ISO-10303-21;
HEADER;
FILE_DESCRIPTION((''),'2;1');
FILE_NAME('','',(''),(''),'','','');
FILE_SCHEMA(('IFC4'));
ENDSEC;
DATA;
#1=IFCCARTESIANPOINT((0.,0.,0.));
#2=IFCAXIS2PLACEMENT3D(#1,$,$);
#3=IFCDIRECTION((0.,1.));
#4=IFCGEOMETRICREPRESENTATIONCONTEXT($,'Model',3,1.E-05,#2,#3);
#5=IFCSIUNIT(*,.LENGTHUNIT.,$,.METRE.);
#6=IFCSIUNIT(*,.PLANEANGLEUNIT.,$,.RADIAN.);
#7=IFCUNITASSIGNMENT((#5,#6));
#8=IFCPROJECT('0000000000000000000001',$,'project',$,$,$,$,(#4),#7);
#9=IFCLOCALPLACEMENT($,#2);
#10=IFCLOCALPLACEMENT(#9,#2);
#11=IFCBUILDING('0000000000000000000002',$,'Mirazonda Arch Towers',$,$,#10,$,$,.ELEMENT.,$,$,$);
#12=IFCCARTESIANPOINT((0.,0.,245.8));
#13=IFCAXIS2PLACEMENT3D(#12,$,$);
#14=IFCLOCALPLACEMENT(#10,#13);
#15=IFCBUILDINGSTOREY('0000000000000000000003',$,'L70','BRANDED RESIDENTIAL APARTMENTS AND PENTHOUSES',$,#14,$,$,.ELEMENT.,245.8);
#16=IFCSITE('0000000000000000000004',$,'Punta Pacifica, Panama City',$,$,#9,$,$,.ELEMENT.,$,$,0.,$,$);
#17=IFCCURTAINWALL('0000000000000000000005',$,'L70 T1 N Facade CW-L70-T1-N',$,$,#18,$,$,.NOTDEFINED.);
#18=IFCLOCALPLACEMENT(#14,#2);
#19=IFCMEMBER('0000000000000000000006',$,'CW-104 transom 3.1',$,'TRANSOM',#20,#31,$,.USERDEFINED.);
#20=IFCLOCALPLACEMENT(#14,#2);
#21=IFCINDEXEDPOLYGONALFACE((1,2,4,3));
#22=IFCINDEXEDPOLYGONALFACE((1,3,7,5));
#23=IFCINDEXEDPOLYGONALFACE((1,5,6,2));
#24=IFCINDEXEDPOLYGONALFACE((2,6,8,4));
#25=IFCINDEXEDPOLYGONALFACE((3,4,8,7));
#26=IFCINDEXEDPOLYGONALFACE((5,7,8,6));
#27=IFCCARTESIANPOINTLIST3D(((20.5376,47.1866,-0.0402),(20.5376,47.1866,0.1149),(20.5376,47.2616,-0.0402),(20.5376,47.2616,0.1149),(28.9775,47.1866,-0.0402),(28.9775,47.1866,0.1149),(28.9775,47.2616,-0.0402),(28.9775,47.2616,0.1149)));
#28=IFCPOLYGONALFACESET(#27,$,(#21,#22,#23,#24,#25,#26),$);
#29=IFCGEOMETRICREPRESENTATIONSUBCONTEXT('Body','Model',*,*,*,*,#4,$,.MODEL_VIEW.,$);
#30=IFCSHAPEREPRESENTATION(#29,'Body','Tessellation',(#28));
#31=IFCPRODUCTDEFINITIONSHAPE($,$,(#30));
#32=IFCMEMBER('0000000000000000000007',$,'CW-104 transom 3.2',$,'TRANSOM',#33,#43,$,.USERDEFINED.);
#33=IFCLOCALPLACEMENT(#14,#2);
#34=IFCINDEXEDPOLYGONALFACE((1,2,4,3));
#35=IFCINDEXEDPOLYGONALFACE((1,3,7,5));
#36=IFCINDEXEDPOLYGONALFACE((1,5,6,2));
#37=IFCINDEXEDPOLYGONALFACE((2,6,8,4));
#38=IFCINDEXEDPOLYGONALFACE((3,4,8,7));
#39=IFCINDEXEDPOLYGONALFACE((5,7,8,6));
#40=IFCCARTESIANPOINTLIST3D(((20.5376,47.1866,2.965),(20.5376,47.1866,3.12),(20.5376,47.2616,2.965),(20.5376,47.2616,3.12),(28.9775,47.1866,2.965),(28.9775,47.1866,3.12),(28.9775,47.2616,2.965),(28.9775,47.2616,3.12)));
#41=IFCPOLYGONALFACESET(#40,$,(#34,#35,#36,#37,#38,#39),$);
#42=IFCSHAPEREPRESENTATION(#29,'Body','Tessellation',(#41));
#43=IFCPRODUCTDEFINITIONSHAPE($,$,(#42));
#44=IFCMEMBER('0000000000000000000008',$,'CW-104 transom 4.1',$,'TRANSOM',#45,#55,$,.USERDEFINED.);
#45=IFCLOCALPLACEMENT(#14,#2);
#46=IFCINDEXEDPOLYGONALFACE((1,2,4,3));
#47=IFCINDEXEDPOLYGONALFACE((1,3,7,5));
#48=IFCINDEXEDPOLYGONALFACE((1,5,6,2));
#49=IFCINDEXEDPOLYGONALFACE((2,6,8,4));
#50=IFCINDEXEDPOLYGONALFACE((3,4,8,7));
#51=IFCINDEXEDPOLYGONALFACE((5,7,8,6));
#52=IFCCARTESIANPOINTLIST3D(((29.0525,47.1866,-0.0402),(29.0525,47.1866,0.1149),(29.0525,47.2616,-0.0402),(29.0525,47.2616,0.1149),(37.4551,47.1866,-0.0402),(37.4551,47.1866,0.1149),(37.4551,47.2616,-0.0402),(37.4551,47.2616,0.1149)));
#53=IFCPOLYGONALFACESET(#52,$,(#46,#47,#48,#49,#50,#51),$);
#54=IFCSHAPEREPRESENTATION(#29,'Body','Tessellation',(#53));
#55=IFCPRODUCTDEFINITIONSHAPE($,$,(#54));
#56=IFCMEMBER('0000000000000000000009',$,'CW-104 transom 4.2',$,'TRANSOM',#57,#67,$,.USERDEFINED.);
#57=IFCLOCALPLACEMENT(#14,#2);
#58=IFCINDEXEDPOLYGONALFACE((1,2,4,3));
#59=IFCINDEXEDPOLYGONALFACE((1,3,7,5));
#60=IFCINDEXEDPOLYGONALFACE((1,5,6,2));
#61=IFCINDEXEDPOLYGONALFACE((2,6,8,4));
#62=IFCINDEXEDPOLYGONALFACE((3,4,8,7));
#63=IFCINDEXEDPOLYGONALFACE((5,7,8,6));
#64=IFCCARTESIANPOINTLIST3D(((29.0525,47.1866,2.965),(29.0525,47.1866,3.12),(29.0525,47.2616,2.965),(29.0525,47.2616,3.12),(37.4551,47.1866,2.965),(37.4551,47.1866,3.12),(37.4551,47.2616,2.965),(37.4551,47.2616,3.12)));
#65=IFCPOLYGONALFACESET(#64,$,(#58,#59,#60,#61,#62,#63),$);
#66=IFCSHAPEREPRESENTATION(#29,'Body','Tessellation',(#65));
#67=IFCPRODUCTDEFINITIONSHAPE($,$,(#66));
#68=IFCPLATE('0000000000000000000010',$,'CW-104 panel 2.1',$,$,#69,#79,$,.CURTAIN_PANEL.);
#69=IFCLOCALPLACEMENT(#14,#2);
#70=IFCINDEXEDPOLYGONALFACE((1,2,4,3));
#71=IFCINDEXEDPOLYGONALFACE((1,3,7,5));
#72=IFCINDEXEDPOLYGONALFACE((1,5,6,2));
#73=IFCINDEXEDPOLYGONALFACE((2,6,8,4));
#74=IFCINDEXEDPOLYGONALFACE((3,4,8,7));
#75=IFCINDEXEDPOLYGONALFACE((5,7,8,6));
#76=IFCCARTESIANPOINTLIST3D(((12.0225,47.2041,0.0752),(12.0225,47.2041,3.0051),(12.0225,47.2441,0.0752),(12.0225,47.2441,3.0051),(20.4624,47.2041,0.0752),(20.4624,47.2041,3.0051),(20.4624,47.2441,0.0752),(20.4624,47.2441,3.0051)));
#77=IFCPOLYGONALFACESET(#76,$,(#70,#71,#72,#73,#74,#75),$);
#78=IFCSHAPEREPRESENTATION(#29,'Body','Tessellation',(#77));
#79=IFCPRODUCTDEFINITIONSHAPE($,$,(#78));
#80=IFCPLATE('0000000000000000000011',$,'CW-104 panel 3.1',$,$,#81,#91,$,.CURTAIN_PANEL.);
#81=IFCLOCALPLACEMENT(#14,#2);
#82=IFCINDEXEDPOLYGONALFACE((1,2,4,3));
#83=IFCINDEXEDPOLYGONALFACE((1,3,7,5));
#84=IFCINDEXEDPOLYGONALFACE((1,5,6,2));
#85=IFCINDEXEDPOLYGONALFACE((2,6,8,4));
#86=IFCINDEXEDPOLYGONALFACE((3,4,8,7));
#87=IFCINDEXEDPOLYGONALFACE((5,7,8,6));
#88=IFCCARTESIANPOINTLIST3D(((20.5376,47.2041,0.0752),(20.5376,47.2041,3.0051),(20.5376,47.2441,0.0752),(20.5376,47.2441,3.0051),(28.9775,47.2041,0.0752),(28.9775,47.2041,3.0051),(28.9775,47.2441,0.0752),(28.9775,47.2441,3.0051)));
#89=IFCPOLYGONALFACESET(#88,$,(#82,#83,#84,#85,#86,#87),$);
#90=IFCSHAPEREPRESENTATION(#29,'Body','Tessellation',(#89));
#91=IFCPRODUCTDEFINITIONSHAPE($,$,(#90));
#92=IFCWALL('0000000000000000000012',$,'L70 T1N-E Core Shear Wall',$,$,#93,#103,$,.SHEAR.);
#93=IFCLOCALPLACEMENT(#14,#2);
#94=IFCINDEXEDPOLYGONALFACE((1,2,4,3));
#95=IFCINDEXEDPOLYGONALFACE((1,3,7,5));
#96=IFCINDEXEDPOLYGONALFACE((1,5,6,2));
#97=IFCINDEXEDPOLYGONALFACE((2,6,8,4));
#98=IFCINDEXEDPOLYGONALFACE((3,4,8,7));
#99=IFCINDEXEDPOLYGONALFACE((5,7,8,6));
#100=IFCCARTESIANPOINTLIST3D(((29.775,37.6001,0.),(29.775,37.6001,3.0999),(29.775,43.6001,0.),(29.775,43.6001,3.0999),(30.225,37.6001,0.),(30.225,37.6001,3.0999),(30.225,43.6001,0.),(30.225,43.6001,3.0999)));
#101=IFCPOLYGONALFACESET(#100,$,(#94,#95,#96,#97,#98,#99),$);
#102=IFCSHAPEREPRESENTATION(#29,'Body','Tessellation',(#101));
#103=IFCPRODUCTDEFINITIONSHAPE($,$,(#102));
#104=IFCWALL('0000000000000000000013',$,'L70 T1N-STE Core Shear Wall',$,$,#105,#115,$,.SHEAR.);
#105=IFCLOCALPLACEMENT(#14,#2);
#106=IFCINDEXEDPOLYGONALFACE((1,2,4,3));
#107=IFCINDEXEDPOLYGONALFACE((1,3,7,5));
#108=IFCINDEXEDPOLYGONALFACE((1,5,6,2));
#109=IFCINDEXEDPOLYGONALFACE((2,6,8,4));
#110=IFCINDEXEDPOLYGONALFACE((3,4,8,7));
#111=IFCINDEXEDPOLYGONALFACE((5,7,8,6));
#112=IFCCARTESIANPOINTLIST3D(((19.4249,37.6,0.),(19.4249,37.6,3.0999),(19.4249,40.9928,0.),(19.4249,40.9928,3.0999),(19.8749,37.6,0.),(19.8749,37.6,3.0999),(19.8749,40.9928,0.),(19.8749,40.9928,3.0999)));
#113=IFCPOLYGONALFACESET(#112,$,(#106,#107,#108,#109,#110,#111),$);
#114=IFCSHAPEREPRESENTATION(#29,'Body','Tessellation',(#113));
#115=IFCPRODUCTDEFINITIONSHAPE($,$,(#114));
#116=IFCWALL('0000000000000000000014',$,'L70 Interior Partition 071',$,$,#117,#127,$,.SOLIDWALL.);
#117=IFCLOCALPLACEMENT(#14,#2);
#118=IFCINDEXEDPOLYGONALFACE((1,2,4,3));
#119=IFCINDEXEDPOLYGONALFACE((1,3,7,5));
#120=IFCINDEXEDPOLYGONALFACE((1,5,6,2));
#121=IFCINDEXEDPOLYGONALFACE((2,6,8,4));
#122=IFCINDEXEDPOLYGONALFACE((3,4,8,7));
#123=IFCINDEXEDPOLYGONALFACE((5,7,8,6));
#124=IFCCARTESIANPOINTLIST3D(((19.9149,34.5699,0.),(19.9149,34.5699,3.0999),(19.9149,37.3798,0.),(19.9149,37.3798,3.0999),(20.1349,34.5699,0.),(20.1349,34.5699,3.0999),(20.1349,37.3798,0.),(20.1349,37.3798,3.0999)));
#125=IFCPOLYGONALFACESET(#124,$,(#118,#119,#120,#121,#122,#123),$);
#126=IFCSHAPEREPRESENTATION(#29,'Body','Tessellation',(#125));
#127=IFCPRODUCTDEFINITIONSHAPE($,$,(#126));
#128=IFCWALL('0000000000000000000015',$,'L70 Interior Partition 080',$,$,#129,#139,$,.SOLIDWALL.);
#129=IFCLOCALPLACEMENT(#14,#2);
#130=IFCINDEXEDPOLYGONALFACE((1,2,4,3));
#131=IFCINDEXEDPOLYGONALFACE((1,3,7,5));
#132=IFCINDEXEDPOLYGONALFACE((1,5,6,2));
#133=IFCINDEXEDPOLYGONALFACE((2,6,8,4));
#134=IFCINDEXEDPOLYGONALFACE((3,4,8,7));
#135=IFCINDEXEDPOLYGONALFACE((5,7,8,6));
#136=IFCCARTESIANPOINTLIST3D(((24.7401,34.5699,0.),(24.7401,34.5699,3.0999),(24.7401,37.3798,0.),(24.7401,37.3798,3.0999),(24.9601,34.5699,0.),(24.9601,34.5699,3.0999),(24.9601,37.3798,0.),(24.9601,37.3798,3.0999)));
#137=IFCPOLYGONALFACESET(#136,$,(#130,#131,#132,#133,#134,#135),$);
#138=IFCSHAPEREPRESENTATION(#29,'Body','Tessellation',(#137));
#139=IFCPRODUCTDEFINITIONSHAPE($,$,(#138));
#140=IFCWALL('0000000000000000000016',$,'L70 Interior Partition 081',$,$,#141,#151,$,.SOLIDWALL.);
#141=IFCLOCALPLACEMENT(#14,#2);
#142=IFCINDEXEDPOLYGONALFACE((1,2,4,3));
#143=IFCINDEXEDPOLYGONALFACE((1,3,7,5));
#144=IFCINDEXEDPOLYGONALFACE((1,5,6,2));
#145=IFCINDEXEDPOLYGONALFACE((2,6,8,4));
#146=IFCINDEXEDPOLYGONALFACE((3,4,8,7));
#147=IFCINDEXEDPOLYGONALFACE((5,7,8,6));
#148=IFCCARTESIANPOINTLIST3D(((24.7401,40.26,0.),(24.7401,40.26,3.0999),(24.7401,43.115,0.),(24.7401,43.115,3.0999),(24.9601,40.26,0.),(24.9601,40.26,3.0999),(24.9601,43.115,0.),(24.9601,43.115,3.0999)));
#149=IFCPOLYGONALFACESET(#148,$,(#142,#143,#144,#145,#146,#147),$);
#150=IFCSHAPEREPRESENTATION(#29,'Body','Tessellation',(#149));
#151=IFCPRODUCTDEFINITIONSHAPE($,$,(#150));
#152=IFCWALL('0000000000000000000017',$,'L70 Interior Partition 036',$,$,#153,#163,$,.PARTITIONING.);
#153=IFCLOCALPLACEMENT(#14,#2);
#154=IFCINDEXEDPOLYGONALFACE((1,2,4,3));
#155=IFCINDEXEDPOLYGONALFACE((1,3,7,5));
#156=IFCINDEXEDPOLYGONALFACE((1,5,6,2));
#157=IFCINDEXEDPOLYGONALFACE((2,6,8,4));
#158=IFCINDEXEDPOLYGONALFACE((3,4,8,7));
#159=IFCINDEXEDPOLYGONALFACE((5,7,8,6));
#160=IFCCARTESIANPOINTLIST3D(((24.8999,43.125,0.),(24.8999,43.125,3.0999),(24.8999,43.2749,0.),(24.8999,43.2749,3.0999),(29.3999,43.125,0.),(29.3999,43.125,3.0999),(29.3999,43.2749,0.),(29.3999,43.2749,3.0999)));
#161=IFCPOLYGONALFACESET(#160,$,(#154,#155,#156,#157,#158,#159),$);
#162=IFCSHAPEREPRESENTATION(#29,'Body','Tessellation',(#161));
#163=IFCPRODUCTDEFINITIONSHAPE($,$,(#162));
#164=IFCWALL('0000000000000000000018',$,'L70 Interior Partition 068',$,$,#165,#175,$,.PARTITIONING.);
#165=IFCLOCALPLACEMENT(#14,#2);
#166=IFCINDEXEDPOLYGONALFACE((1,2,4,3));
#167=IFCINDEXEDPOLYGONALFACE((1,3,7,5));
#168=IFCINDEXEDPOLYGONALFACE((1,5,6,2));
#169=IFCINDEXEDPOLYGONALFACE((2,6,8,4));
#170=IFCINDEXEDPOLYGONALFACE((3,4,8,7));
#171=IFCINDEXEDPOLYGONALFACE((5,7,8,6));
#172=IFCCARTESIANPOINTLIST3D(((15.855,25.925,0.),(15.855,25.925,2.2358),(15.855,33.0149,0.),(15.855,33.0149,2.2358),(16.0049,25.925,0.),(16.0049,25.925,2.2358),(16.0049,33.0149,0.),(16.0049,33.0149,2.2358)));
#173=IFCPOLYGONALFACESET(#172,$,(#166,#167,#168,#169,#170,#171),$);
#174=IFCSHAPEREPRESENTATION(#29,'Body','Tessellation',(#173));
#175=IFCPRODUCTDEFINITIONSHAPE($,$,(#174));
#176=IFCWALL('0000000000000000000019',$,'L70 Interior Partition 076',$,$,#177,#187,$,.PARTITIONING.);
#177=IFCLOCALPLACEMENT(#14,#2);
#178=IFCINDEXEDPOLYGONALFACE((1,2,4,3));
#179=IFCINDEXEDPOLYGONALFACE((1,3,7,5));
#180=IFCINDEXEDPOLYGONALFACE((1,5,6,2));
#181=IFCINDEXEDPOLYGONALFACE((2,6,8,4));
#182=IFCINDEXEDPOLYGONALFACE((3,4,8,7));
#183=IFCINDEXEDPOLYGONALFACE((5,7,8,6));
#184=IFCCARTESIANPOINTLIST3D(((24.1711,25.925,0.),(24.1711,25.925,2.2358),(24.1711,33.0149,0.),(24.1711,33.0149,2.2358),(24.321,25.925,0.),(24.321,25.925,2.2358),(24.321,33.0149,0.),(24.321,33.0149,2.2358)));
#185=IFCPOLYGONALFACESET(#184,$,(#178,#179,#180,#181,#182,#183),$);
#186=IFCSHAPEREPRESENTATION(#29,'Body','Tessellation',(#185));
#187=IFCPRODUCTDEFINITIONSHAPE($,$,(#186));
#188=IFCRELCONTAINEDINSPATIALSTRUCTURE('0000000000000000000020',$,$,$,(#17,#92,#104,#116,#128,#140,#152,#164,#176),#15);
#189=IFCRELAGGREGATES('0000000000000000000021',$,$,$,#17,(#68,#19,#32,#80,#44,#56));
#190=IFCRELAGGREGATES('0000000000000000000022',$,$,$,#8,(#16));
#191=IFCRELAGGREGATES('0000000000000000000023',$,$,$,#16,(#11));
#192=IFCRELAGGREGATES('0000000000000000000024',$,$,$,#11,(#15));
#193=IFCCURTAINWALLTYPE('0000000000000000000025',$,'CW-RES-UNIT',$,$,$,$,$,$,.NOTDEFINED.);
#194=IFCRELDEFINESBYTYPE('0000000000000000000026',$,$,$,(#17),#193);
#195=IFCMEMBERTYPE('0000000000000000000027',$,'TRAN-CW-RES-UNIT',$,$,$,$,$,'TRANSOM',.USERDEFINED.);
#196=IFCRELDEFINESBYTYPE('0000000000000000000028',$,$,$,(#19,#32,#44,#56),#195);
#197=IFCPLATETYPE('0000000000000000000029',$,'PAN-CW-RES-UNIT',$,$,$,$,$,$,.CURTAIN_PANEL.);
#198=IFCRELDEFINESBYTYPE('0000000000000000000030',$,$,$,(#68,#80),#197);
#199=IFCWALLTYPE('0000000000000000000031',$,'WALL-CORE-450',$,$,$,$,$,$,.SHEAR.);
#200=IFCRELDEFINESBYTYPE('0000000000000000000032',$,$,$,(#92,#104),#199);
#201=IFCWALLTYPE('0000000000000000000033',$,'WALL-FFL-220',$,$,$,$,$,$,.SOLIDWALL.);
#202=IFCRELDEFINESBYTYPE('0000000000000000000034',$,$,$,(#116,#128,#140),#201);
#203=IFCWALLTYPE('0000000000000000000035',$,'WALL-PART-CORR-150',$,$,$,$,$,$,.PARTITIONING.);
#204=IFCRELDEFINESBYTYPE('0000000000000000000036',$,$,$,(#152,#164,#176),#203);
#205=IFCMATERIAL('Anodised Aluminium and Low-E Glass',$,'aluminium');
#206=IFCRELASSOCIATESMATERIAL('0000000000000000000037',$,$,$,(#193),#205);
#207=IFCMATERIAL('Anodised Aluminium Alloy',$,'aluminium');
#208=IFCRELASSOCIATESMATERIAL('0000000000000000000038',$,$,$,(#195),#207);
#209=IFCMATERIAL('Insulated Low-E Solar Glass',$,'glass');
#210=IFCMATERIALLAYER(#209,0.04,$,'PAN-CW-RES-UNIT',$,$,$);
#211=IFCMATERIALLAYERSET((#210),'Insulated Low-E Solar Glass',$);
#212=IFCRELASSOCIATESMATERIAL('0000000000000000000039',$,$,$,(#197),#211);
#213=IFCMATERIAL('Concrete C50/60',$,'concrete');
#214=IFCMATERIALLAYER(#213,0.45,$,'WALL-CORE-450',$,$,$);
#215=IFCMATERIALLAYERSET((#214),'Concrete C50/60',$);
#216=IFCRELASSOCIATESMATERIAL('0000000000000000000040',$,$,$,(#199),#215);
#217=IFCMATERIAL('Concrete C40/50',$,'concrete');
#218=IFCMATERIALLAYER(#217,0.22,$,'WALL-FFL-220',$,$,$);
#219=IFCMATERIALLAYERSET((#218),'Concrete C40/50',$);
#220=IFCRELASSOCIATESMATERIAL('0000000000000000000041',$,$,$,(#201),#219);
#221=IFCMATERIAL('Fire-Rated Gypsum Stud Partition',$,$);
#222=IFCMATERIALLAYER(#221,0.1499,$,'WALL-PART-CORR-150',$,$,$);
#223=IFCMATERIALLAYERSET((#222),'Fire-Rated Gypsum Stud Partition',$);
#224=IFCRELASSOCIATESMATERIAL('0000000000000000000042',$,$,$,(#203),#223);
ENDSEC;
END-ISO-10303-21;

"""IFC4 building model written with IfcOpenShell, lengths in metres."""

from ifc_helpers import new_model, si_unit, direction, frame, frame_2d, origin, origin_2d, place, context, subcontext, project, spatial, rectangle, extrude, material, layer, layer_set, material_profile, profile_set, type_object, element, aggregate, save


model = new_model("IFC4")

# Units and contexts
model_context = context("Model", 3, precision=1e-05, world=origin(), true_north=direction((0.0, 1.0)))
body_context = subcontext(model_context, "Body", "Model", "MODEL_VIEW")
ifc_project = project(units=[si_unit("LENGTHUNIT", "METRE"), si_unit("PLANEANGLEUNIT", "RADIAN")], contexts=[model_context])

# Site, building, storey
site_placement = place(None, origin())
site = spatial("IfcSite", under=ifc_project, at=site_placement, Name="Punta Pacifica, Panama City", CompositionType="ELEMENT", RefElevation=0.0)
building_placement = place(site_placement, origin())
building = spatial("IfcBuilding", under=site, at=building_placement, Name="Mirazonda Arch Towers", CompositionType="ELEMENT")
storey_placement = place(building_placement, frame((0.0, 0.0, 245.8)))
storey = spatial("IfcBuildingStorey", under=building, at=storey_placement, Name="L70", Description="BRANDED RESIDENTIAL APARTMENTS AND PENTHOUSES", CompositionType="ELEMENT", Elevation=245.8)

# Shared definitions
ifc_material_1 = material(Name="Concrete C50/60", Category="concrete")

# Curtain wall, members, plates
ifc_material_2 = material(Name="Anodised Aluminium and Low-E Glass", Category="aluminium")
curtain_wall_type = type_object("IfcCurtainWallType", Name="CW-RES-UNIT", PredefinedType="NOTDEFINED", material=ifc_material_2)
curtain_wall_placement = place(storey_placement, origin())
curtain_wall = element("IfcCurtainWall", 1, at=curtain_wall_placement, inside=storey, type_object=curtain_wall_type, Name="L70 T1 N Facade CW-L70-T1-N", PredefinedType="NOTDEFINED")
ifc_material_3 = material(Name="Anodised Aluminium Alloy", Category="aluminium")
ifc_material_profile_1 = material_profile(ifc_material_3, rectangle(XDim=0.075, YDim=0.155, at=origin_2d()), Name="ALU-TRAN-75x155")
ifc_profile_set_1 = profile_set([ifc_material_profile_1], Name="Anodised Aluminium Alloy")
member_type_1 = type_object("IfcMemberType", Name="TRAN-CW-RES-UNIT", ElementType="TRANSOM", PredefinedType="USERDEFINED", material=ifc_profile_set_1)
member_1_placement = place(storey_placement, frame((20.5376, 47.2241, 0.0374), z_axis=(1.0, 0.0, 0.0), x_axis=(0.0, 1.0, 0.0)))
member_1 = element("IfcMember", 2, at=member_1_placement, type_object=member_type_1, Name="CW-104 transom 3.1", ObjectType="TRANSOM", PredefinedType="USERDEFINED", context=body_context, shape_type="SweptSolid", body=[
    extrude(rectangle(XDim=0.075, YDim=0.155, at=origin_2d()), origin(), (0.0, 0.0, 1.0), 8.4399),
])
member_2_placement = place(storey_placement, frame((20.5376, 47.2241, 3.0425), z_axis=(1.0, 0.0, 0.0), x_axis=(0.0, 1.0, 0.0)))
member_2 = element("IfcMember", 3, at=member_2_placement, type_object=member_type_1, Name="CW-104 transom 3.2", ObjectType="TRANSOM", PredefinedType="USERDEFINED", context=body_context, shape_type="SweptSolid", body=[
    extrude(rectangle(XDim=0.075, YDim=0.155, at=origin_2d()), origin(), (0.0, 0.0, 1.0), 8.4399),
])
member_3_placement = place(storey_placement, frame((29.0525, 47.2241, 0.0374), z_axis=(1.0, 0.0, 0.0), x_axis=(0.0, 1.0, 0.0)))
member_3 = element("IfcMember", 4, at=member_3_placement, type_object=member_type_1, Name="CW-104 transom 4.1", ObjectType="TRANSOM", PredefinedType="USERDEFINED", context=body_context, shape_type="SweptSolid", body=[
    extrude(rectangle(XDim=0.075, YDim=0.155, at=origin_2d()), origin(), (0.0, 0.0, 1.0), 8.4026),
])
member_4_placement = place(storey_placement, frame((29.0525, 47.2241, 3.0425), z_axis=(1.0, 0.0, 0.0), x_axis=(0.0, 1.0, 0.0)))
member_4 = element("IfcMember", 5, at=member_4_placement, type_object=member_type_1, Name="CW-104 transom 4.2", ObjectType="TRANSOM", PredefinedType="USERDEFINED", context=body_context, shape_type="SweptSolid", body=[
    extrude(rectangle(XDim=0.075, YDim=0.155, at=origin_2d()), origin(), (0.0, 0.0, 1.0), 8.4026),
])
ifc_material_4 = material(Name="Insulated Low-E Solar Glass", Category="glass")
ifc_layer_1 = layer(ifc_material_4, 0.04, Name="PAN-CW-RES-UNIT")
ifc_layer_set_1 = layer_set([ifc_layer_1], Name="Insulated Low-E Solar Glass")
plate_type = type_object("IfcPlateType", Name="PAN-CW-RES-UNIT", PredefinedType="CURTAIN_PANEL", material=ifc_layer_set_1)
plate_1_placement = place(storey_placement, frame((16.2424, 47.2241, 0.0752), z_axis=(0.0, 0.0, 1.0), x_axis=(1.0, 0.0, 0.0)))
plate_1 = element("IfcPlate", 6, at=plate_1_placement, type_object=plate_type, Name="CW-104 panel 2.1", PredefinedType="CURTAIN_PANEL", context=body_context, shape_type="SweptSolid", body=[
    extrude(rectangle(XDim=8.4399, YDim=0.04, at=origin_2d()), origin(), (0.0, 0.0, 1.0), 2.9299),
])
plate_2_placement = place(storey_placement, frame((24.7576, 47.2241, 0.0752), z_axis=(0.0, 0.0, 1.0), x_axis=(1.0, 0.0, 0.0)))
plate_2 = element("IfcPlate", 7, at=plate_2_placement, type_object=plate_type, Name="CW-104 panel 3.1", PredefinedType="CURTAIN_PANEL", context=body_context, shape_type="SweptSolid", body=[
    extrude(rectangle(XDim=8.4399, YDim=0.04, at=origin_2d()), origin(), (0.0, 0.0, 1.0), 2.9299),
])
aggregate(curtain_wall, [plate_1, member_1, member_2, plate_2, member_3, member_4])

# Walls
ifc_layer_2 = layer(ifc_material_1, 0.45, Name="WALL-CORE-450")
ifc_layer_set_2 = layer_set([ifc_layer_2], Name="Concrete C50/60")
wall_type_1 = type_object("IfcWallType", Name="WALL-CORE-450", PredefinedType="SHEAR", material=ifc_layer_set_2)
wall_1_placement = place(storey_placement, frame((30.0, 37.6001, 0.0), z_axis=(0.0, 0.0, 1.0), x_axis=(0.0, 1.0, 0.0)))
element("IfcWall", 8, at=wall_1_placement, inside=storey, type_object=wall_type_1, Name="L70 T1N-E Core Shear Wall", PredefinedType="SHEAR", context=body_context, shape_type="SweptSolid", body=[
    extrude(rectangle(XDim=6.0, YDim=0.45, at=frame_2d((3.0, 0.0))), origin(), (0.0, 0.0, 1.0), 3.0999),
])
wall_2_placement = place(storey_placement, frame((19.6499, 37.6001, 0.0), z_axis=(0.0, 0.0, 1.0), x_axis=(0.0, 1.0, 0.0)))
element("IfcWall", 9, at=wall_2_placement, inside=storey, type_object=wall_type_1, Name="L70 T1N-STE Core Shear Wall", PredefinedType="SHEAR", context=body_context, shape_type="SweptSolid", body=[
    extrude(rectangle(XDim=3.3928, YDim=0.45, at=frame_2d((1.6963, 0.0))), origin(), (0.0, 0.0, 1.0), 3.0999),
])
ifc_material_5 = material(Name="Concrete C40/50", Category="concrete")
ifc_layer_3 = layer(ifc_material_5, 0.22, Name="WALL-FFL-220")
ifc_layer_set_3 = layer_set([ifc_layer_3], Name="Concrete C40/50")
wall_type_2 = type_object("IfcWallType", Name="WALL-FFL-220", PredefinedType="SOLIDWALL", material=ifc_layer_set_3)
for number, where, z_axis, x_axis, name in (
    (10, (20.0249, 34.5701, 0.0), (0.0, 0.0, 1.0), (0.0, 1.0, 0.0), "L70 Interior Partition 071"),
    (11, (24.8501, 34.5701, 0.0), (0.0, 0.0, 1.0), (0.0, 1.0, 0.0), "L70 Interior Partition 080"),
):
    element("IfcWall", number, at=place(storey_placement, frame(where, z_axis=z_axis, x_axis=x_axis)), inside=storey, type_object=wall_type_2, Name=name, PredefinedType="SOLIDWALL", context=body_context, shape_type="SweptSolid", body=[
        extrude(rectangle(XDim=2.8098, YDim=0.22, at=frame_2d((1.4048, 0.0))), origin(), (0.0, 0.0, 1.0), 3.0999),
    ])
wall_3_placement = place(storey_placement, frame((24.8501, 40.26, 0.0), z_axis=(0.0, 0.0, 1.0), x_axis=(0.0, 1.0, 0.0)))
element("IfcWall", 12, at=wall_3_placement, inside=storey, type_object=wall_type_2, Name="L70 Interior Partition 081", PredefinedType="SOLIDWALL", context=body_context, shape_type="SweptSolid", body=[
    extrude(rectangle(XDim=2.855, YDim=0.22, at=frame_2d((1.4275, 0.0))), origin(), (0.0, 0.0, 1.0), 3.0999),
])
ifc_material_6 = material(Name="Fire-Rated Gypsum Stud Partition")
ifc_layer_4 = layer(ifc_material_6, 0.1499, Name="WALL-PART-CORR-150")
ifc_layer_set_4 = layer_set([ifc_layer_4], Name="Fire-Rated Gypsum Stud Partition")
wall_type_3 = type_object("IfcWallType", Name="WALL-PART-CORR-150", PredefinedType="PARTITIONING", material=ifc_layer_set_4)
wall_4_placement = place(storey_placement, frame((24.8999, 43.2, 0.0), z_axis=(0.0, 0.0, 1.0), x_axis=(1.0, 0.0, 0.0)))
element("IfcWall", 13, at=wall_4_placement, inside=storey, type_object=wall_type_3, Name="L70 Interior Partition 036", PredefinedType="PARTITIONING", context=body_context, shape_type="SweptSolid", body=[
    extrude(rectangle(XDim=4.5, YDim=0.1499, at=frame_2d((2.25, 0.0))), origin(), (0.0, 0.0, 1.0), 3.0999),
])
for number, where, z_axis, x_axis, name in (
    (14, (15.9299, 25.925, 0.0), (0.0, 0.0, 1.0), (0.0, 1.0, 0.0), "L70 Interior Partition 068"),
    (15, (24.2461, 25.925, 0.0), (0.0, 0.0, 1.0), (0.0, 1.0, 0.0), "L70 Interior Partition 076"),
):
    element("IfcWall", number, at=place(storey_placement, frame(where, z_axis=z_axis, x_axis=x_axis)), inside=storey, type_object=wall_type_3, Name=name, PredefinedType="PARTITIONING", context=body_context, shape_type="SweptSolid", body=[
        extrude(rectangle(XDim=7.0898, YDim=0.1499, at=frame_2d((3.5449, 0.0))), origin(), (0.0, 0.0, 1.0), 2.2358),
    ])

save(model, "model.ifc")
